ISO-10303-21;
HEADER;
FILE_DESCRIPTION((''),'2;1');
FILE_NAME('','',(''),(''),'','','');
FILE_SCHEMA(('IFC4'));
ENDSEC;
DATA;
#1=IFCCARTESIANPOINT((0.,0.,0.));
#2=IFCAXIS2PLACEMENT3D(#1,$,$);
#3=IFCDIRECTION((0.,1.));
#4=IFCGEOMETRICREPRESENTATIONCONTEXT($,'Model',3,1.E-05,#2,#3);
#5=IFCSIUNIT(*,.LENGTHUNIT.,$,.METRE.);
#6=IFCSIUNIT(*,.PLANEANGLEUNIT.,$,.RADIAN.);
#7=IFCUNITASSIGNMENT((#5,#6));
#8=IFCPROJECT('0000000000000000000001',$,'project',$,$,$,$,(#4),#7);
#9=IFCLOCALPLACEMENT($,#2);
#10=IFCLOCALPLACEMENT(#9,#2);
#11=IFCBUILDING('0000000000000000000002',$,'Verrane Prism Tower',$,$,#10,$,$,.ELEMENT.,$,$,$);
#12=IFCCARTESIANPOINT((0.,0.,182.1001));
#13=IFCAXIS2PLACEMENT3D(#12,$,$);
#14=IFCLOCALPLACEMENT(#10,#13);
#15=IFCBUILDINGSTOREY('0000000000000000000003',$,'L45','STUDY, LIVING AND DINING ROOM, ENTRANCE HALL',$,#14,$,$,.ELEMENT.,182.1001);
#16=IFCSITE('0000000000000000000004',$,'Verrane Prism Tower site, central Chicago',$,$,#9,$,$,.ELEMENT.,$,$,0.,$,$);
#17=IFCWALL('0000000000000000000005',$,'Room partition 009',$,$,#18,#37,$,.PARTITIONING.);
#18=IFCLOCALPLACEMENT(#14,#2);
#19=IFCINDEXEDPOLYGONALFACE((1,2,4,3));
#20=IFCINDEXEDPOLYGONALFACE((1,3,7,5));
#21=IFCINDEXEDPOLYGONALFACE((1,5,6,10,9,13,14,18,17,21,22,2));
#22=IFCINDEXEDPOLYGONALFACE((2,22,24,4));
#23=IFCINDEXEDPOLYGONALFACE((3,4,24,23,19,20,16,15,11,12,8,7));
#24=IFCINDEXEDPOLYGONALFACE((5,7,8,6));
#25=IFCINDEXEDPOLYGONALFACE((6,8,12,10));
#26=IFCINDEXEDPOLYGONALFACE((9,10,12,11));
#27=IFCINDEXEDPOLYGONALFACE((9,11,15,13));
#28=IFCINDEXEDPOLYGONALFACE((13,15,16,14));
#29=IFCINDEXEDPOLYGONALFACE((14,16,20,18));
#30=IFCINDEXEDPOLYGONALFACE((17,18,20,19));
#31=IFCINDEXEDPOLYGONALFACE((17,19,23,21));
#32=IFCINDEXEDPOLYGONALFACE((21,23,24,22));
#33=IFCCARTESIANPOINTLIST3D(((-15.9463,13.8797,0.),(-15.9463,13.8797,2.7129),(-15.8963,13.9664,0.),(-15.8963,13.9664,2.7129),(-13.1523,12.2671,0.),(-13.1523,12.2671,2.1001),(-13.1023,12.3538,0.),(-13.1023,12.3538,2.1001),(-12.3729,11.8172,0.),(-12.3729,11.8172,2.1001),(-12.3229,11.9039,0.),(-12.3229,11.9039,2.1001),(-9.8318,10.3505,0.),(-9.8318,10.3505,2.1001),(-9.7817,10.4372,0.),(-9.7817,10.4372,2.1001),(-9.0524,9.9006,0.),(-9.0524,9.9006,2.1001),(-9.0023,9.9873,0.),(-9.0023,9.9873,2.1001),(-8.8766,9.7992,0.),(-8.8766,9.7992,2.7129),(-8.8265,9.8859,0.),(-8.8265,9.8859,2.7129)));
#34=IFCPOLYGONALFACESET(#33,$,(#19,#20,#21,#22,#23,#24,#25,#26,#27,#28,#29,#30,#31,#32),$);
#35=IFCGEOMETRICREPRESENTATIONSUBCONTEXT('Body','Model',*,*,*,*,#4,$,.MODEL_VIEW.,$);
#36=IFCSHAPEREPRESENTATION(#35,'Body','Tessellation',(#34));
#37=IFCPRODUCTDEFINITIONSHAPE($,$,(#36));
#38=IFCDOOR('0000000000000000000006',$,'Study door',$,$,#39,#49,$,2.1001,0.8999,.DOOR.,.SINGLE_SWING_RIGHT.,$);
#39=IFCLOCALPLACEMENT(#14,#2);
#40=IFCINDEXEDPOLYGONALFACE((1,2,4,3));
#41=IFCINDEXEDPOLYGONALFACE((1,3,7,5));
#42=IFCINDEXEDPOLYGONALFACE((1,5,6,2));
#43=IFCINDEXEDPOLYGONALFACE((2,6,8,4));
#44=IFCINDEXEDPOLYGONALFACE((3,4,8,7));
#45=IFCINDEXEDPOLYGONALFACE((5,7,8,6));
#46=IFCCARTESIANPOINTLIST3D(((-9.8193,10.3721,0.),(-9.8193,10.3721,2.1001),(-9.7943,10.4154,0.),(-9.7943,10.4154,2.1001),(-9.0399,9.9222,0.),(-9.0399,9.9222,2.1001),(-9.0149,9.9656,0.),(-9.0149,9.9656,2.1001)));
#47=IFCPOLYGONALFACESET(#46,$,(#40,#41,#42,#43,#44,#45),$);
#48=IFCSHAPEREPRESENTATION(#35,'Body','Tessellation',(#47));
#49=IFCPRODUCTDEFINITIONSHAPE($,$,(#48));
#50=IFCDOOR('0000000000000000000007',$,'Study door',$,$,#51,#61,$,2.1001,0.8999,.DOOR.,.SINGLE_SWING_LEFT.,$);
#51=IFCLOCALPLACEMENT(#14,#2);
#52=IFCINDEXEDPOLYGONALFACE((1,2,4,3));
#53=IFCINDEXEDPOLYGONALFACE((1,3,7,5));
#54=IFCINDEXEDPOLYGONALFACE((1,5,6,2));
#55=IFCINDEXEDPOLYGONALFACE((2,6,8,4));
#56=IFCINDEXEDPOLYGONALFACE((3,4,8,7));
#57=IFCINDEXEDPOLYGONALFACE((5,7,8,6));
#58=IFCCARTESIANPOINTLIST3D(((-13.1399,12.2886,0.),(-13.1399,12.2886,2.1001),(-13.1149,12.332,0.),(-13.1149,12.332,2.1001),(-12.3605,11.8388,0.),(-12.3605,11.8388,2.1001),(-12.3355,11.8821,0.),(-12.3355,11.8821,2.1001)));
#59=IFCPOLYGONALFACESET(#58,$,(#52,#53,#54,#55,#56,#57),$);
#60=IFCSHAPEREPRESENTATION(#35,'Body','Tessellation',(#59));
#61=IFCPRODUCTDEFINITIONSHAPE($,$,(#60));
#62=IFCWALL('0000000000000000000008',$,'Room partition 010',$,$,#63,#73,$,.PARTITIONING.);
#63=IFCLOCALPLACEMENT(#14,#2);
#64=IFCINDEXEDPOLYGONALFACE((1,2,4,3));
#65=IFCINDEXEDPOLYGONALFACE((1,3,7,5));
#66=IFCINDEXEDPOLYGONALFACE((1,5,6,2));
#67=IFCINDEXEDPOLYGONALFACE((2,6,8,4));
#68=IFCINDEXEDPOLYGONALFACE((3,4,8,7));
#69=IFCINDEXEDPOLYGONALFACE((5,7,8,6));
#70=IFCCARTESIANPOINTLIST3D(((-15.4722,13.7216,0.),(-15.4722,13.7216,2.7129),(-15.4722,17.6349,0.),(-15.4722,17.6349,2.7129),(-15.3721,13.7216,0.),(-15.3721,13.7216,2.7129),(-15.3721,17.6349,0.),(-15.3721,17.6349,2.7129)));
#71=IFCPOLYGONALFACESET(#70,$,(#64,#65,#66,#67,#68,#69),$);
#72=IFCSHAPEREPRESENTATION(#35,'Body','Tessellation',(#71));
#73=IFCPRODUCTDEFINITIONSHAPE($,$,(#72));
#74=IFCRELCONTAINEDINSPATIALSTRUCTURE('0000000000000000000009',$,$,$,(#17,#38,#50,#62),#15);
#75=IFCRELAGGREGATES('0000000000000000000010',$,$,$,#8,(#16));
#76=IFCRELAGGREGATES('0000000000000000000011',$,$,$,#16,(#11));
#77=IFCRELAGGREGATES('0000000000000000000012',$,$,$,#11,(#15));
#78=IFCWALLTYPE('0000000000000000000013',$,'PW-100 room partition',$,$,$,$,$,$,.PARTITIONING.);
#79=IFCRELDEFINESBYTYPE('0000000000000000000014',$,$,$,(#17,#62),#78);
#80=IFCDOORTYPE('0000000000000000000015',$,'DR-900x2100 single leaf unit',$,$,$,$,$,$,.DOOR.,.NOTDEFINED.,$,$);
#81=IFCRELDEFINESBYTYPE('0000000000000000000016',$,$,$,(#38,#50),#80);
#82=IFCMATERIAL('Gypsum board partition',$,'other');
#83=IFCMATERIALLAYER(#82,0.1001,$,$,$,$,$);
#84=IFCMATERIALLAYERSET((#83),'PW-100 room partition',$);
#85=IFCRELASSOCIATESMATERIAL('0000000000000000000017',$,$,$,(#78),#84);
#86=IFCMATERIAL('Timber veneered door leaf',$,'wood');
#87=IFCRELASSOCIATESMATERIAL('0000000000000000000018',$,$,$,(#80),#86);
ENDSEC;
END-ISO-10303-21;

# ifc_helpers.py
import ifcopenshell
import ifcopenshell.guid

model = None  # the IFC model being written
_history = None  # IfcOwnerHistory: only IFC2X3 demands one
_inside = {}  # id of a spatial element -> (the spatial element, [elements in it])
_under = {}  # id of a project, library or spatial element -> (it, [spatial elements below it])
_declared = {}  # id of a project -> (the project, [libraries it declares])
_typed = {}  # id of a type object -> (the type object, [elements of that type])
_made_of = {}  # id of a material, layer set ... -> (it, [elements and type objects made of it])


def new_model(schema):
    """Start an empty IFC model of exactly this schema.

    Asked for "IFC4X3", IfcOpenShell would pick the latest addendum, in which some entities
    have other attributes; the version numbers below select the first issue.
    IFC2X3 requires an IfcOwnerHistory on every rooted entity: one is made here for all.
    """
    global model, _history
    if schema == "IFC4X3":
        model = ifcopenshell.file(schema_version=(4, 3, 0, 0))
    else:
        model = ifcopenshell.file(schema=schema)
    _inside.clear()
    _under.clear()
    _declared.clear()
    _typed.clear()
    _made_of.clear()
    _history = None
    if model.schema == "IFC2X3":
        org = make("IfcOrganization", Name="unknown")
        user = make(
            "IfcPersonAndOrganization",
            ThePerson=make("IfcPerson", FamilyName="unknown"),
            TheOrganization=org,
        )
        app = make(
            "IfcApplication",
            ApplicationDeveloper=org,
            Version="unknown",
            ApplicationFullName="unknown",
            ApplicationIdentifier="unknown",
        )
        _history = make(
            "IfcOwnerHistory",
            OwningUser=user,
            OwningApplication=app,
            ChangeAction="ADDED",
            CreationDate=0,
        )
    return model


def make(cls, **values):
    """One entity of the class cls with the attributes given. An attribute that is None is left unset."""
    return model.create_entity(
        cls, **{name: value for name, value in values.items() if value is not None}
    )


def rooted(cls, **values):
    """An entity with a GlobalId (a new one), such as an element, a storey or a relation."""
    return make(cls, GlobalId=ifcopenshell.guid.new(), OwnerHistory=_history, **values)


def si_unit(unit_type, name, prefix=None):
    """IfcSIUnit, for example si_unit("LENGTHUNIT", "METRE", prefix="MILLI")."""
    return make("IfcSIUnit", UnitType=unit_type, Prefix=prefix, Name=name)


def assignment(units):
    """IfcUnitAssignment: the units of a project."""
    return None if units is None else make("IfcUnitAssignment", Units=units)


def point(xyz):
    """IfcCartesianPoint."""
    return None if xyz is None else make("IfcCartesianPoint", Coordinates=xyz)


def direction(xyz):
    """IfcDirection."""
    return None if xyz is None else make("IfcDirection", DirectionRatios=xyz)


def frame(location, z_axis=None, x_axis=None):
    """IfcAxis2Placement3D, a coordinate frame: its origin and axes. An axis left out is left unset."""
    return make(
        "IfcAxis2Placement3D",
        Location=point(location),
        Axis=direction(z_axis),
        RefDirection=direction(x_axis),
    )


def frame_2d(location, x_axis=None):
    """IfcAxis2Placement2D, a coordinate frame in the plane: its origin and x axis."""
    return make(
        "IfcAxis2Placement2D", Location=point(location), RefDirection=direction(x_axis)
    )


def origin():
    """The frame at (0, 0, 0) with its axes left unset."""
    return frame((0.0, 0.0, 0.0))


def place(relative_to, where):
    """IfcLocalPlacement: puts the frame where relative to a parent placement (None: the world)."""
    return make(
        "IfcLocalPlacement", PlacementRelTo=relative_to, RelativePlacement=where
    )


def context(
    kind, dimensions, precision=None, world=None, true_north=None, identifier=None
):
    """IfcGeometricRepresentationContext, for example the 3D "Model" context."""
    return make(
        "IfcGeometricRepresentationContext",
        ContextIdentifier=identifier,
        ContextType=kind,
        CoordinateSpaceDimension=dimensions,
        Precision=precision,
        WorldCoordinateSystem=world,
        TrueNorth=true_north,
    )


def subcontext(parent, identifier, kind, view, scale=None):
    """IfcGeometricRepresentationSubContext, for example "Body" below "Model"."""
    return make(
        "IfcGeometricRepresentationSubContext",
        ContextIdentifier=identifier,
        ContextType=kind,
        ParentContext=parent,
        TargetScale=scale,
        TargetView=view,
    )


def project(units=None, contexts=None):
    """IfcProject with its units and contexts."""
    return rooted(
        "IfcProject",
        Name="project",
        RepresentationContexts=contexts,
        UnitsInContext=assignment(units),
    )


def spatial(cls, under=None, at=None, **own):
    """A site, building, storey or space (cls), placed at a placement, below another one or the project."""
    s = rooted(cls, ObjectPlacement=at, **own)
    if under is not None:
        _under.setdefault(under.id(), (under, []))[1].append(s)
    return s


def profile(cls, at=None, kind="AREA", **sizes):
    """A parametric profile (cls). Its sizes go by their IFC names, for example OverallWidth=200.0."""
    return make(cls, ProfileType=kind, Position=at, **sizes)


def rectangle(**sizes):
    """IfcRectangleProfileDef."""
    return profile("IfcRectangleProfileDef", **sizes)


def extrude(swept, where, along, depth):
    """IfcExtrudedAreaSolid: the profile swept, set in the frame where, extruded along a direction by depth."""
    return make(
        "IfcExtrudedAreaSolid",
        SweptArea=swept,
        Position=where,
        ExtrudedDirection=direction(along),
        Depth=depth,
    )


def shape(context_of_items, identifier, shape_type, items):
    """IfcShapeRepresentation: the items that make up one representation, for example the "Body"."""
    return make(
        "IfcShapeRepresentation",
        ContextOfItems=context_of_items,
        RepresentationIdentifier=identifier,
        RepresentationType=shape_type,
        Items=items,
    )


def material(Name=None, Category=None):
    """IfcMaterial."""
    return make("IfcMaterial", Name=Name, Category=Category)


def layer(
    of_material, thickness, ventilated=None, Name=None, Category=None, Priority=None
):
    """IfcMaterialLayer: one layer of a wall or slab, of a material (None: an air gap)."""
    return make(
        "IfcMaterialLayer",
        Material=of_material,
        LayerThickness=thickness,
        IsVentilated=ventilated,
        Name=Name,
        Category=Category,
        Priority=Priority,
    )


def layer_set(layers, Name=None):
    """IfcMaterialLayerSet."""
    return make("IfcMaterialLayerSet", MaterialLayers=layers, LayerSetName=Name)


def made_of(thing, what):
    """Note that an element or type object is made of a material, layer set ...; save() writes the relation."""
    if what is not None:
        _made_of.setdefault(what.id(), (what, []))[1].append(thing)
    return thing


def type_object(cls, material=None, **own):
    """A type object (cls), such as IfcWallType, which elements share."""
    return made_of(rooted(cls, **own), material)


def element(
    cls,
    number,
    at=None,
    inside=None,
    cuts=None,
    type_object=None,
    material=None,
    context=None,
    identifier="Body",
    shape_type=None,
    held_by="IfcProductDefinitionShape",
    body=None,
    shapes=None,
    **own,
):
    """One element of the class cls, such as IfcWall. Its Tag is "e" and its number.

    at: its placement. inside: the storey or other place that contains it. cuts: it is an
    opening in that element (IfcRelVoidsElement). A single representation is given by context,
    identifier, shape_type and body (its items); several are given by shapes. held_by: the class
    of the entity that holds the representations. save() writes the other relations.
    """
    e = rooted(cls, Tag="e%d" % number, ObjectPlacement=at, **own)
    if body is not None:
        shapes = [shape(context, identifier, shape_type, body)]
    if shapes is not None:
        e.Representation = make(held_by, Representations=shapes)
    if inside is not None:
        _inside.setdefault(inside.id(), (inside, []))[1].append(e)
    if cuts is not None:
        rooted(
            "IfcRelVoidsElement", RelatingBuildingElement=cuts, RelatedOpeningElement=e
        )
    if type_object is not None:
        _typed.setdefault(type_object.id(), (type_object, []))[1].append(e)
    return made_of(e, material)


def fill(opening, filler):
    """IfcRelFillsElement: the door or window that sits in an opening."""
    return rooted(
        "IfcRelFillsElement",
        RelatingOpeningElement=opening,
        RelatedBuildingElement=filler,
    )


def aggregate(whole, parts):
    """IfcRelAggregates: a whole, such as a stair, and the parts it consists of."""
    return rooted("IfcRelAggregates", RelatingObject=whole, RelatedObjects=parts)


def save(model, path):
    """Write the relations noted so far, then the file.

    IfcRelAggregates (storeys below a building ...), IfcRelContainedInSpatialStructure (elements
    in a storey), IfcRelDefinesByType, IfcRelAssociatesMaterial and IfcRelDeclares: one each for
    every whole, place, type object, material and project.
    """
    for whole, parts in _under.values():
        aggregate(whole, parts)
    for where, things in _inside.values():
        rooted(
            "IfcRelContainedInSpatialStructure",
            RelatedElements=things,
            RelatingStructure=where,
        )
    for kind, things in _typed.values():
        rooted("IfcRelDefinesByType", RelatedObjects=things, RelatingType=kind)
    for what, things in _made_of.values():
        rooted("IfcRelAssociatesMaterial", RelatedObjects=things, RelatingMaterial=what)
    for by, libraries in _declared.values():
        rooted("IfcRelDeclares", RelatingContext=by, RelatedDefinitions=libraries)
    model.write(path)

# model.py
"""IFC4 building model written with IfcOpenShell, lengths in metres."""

from ifc_helpers import new_model, si_unit, direction, frame, frame_2d, origin, place, context, subcontext, project, spatial, rectangle, extrude, material, layer, layer_set, type_object, element, fill, save


model = new_model("IFC4")

# Units and contexts
model_context = context("Model", 3, precision=1e-05, world=origin(), true_north=direction((0.0, 1.0)))
body_context = subcontext(model_context, "Body", "Model", "MODEL_VIEW")
ifc_project = project(units=[si_unit("LENGTHUNIT", "METRE"), si_unit("PLANEANGLEUNIT", "RADIAN")], contexts=[model_context])

# Site, building, storey
site_placement = place(None, origin())
site = spatial("IfcSite", under=ifc_project, at=site_placement, Name="Verrane Prism Tower site, central Chicago", CompositionType="ELEMENT", RefElevation=0.0)
building_placement = place(site_placement, origin())
building = spatial("IfcBuilding", under=site, at=building_placement, Name="Verrane Prism Tower", CompositionType="ELEMENT")
storey_placement = place(building_placement, frame((0.0, 0.0, 182.1001)))
storey = spatial("IfcBuildingStorey", under=building, at=storey_placement, Name="L45", Description="STUDY, LIVING AND DINING ROOM, ENTRANCE HALL", CompositionType="ELEMENT", Elevation=182.1001)

# Wall, openings, doors
ifc_material_1 = material(Name="Gypsum board partition", Category="other")
ifc_layer_1 = layer(ifc_material_1, 0.1001)
ifc_layer_set_1 = layer_set([ifc_layer_1], Name="PW-100 room partition")
wall_type = type_object("IfcWallType", Name="PW-100 room partition", PredefinedType="PARTITIONING", material=ifc_layer_set_1)
wall_1_placement = place(storey_placement, frame((-15.9214, 13.9231, 0.0), z_axis=(0.0, 0.0, 1.0), x_axis=(0.866089, -0.49989, 0.0)))
wall_1 = element("IfcWall", 1, at=wall_1_placement, inside=storey, type_object=wall_type, Name="Room partition 009", PredefinedType="PARTITIONING", context=body_context, shape_type="SweptSolid", body=[
    extrude(rectangle(XDim=8.1628, YDim=0.1001, at=frame_2d((4.0815, 0.0))), origin(), (0.0, 0.0, 1.0), 2.7129),
])
opening_1_placement = place(wall_1_placement, frame((7.0601, 0.0, 0.0)))
opening_1 = element("IfcOpeningElement", 2, at=opening_1_placement, cuts=wall_1, PredefinedType="OPENING", context=body_context, shape_type="SweptSolid", body=[
    extrude(rectangle(XDim=0.8999, YDim=2.1001, at=frame_2d((0.45, 1.05))), frame((0.0, 0.0601, 0.0), z_axis=(0.0, -1.0, 0.0), x_axis=(1.0, 0.0, 0.0)), (0.0, 0.0, 1.0), 0.1201),
])
opening_2_placement = place(wall_1_placement, frame((3.2261, 0.0, 0.0)))
opening_2 = element("IfcOpeningElement", 3, at=opening_2_placement, cuts=wall_1, PredefinedType="OPENING", context=body_context, shape_type="SweptSolid", body=[
    extrude(rectangle(XDim=0.8999, YDim=2.1001, at=frame_2d((0.45, 1.05))), frame((0.0, 0.0601, 0.0), z_axis=(0.0, -1.0, 0.0), x_axis=(1.0, 0.0, 0.0)), (0.0, 0.0, 1.0), 0.1201),
])
ifc_material_2 = material(Name="Timber veneered door leaf", Category="wood")
door_type = type_object("IfcDoorType", Name="DR-900x2100 single leaf unit", OperationType="NOTDEFINED", PredefinedType="DOOR", material=ifc_material_2)
door_1_placement = place(opening_1_placement, origin())
door_1 = element("IfcDoor", 4, at=door_1_placement, inside=storey, type_object=door_type, Name="Study door", OperationType="SINGLE_SWING_RIGHT", OverallHeight=2.1001, OverallWidth=0.8999, PredefinedType="DOOR", context=body_context, shape_type="SweptSolid", body=[
    extrude(rectangle(XDim=0.8999, YDim=2.1001, at=frame_2d((0.45, 1.05))), frame((0.0, 0.0249, 0.0), z_axis=(0.0, -1.0, 0.0), x_axis=(1.0, 0.0, 0.0)), (0.0, 0.0, 1.0), 0.05),
])
fill(opening_1, door_1)
door_2_placement = place(opening_2_placement, origin())
door_2 = element("IfcDoor", 5, at=door_2_placement, inside=storey, type_object=door_type, Name="Study door", OperationType="SINGLE_SWING_LEFT", OverallHeight=2.1001, OverallWidth=0.8999, PredefinedType="DOOR", context=body_context, shape_type="SweptSolid", body=[
    extrude(rectangle(XDim=0.8999, YDim=2.1001, at=frame_2d((0.45, 1.05))), frame((0.0, 0.0249, 0.0), z_axis=(0.0, -1.0, 0.0), x_axis=(1.0, 0.0, 0.0)), (0.0, 0.0, 1.0), 0.05),
])
fill(opening_2, door_2)

# Wall
wall_2_placement = place(storey_placement, frame((-15.4221, 13.7217, 0.0), z_axis=(0.0, 0.0, 1.0), x_axis=(0.0, 1.0, 0.0)))
element("IfcWall", 6, at=wall_2_placement, inside=storey, type_object=wall_type, Name="Room partition 010", PredefinedType="PARTITIONING", context=body_context, shape_type="SweptSolid", body=[
    extrude(rectangle(XDim=3.9133, YDim=0.1001, at=frame_2d((1.9565, 0.0))), origin(), (0.0, 0.0, 1.0), 2.7129),
])

save(model, "model.ifc")
